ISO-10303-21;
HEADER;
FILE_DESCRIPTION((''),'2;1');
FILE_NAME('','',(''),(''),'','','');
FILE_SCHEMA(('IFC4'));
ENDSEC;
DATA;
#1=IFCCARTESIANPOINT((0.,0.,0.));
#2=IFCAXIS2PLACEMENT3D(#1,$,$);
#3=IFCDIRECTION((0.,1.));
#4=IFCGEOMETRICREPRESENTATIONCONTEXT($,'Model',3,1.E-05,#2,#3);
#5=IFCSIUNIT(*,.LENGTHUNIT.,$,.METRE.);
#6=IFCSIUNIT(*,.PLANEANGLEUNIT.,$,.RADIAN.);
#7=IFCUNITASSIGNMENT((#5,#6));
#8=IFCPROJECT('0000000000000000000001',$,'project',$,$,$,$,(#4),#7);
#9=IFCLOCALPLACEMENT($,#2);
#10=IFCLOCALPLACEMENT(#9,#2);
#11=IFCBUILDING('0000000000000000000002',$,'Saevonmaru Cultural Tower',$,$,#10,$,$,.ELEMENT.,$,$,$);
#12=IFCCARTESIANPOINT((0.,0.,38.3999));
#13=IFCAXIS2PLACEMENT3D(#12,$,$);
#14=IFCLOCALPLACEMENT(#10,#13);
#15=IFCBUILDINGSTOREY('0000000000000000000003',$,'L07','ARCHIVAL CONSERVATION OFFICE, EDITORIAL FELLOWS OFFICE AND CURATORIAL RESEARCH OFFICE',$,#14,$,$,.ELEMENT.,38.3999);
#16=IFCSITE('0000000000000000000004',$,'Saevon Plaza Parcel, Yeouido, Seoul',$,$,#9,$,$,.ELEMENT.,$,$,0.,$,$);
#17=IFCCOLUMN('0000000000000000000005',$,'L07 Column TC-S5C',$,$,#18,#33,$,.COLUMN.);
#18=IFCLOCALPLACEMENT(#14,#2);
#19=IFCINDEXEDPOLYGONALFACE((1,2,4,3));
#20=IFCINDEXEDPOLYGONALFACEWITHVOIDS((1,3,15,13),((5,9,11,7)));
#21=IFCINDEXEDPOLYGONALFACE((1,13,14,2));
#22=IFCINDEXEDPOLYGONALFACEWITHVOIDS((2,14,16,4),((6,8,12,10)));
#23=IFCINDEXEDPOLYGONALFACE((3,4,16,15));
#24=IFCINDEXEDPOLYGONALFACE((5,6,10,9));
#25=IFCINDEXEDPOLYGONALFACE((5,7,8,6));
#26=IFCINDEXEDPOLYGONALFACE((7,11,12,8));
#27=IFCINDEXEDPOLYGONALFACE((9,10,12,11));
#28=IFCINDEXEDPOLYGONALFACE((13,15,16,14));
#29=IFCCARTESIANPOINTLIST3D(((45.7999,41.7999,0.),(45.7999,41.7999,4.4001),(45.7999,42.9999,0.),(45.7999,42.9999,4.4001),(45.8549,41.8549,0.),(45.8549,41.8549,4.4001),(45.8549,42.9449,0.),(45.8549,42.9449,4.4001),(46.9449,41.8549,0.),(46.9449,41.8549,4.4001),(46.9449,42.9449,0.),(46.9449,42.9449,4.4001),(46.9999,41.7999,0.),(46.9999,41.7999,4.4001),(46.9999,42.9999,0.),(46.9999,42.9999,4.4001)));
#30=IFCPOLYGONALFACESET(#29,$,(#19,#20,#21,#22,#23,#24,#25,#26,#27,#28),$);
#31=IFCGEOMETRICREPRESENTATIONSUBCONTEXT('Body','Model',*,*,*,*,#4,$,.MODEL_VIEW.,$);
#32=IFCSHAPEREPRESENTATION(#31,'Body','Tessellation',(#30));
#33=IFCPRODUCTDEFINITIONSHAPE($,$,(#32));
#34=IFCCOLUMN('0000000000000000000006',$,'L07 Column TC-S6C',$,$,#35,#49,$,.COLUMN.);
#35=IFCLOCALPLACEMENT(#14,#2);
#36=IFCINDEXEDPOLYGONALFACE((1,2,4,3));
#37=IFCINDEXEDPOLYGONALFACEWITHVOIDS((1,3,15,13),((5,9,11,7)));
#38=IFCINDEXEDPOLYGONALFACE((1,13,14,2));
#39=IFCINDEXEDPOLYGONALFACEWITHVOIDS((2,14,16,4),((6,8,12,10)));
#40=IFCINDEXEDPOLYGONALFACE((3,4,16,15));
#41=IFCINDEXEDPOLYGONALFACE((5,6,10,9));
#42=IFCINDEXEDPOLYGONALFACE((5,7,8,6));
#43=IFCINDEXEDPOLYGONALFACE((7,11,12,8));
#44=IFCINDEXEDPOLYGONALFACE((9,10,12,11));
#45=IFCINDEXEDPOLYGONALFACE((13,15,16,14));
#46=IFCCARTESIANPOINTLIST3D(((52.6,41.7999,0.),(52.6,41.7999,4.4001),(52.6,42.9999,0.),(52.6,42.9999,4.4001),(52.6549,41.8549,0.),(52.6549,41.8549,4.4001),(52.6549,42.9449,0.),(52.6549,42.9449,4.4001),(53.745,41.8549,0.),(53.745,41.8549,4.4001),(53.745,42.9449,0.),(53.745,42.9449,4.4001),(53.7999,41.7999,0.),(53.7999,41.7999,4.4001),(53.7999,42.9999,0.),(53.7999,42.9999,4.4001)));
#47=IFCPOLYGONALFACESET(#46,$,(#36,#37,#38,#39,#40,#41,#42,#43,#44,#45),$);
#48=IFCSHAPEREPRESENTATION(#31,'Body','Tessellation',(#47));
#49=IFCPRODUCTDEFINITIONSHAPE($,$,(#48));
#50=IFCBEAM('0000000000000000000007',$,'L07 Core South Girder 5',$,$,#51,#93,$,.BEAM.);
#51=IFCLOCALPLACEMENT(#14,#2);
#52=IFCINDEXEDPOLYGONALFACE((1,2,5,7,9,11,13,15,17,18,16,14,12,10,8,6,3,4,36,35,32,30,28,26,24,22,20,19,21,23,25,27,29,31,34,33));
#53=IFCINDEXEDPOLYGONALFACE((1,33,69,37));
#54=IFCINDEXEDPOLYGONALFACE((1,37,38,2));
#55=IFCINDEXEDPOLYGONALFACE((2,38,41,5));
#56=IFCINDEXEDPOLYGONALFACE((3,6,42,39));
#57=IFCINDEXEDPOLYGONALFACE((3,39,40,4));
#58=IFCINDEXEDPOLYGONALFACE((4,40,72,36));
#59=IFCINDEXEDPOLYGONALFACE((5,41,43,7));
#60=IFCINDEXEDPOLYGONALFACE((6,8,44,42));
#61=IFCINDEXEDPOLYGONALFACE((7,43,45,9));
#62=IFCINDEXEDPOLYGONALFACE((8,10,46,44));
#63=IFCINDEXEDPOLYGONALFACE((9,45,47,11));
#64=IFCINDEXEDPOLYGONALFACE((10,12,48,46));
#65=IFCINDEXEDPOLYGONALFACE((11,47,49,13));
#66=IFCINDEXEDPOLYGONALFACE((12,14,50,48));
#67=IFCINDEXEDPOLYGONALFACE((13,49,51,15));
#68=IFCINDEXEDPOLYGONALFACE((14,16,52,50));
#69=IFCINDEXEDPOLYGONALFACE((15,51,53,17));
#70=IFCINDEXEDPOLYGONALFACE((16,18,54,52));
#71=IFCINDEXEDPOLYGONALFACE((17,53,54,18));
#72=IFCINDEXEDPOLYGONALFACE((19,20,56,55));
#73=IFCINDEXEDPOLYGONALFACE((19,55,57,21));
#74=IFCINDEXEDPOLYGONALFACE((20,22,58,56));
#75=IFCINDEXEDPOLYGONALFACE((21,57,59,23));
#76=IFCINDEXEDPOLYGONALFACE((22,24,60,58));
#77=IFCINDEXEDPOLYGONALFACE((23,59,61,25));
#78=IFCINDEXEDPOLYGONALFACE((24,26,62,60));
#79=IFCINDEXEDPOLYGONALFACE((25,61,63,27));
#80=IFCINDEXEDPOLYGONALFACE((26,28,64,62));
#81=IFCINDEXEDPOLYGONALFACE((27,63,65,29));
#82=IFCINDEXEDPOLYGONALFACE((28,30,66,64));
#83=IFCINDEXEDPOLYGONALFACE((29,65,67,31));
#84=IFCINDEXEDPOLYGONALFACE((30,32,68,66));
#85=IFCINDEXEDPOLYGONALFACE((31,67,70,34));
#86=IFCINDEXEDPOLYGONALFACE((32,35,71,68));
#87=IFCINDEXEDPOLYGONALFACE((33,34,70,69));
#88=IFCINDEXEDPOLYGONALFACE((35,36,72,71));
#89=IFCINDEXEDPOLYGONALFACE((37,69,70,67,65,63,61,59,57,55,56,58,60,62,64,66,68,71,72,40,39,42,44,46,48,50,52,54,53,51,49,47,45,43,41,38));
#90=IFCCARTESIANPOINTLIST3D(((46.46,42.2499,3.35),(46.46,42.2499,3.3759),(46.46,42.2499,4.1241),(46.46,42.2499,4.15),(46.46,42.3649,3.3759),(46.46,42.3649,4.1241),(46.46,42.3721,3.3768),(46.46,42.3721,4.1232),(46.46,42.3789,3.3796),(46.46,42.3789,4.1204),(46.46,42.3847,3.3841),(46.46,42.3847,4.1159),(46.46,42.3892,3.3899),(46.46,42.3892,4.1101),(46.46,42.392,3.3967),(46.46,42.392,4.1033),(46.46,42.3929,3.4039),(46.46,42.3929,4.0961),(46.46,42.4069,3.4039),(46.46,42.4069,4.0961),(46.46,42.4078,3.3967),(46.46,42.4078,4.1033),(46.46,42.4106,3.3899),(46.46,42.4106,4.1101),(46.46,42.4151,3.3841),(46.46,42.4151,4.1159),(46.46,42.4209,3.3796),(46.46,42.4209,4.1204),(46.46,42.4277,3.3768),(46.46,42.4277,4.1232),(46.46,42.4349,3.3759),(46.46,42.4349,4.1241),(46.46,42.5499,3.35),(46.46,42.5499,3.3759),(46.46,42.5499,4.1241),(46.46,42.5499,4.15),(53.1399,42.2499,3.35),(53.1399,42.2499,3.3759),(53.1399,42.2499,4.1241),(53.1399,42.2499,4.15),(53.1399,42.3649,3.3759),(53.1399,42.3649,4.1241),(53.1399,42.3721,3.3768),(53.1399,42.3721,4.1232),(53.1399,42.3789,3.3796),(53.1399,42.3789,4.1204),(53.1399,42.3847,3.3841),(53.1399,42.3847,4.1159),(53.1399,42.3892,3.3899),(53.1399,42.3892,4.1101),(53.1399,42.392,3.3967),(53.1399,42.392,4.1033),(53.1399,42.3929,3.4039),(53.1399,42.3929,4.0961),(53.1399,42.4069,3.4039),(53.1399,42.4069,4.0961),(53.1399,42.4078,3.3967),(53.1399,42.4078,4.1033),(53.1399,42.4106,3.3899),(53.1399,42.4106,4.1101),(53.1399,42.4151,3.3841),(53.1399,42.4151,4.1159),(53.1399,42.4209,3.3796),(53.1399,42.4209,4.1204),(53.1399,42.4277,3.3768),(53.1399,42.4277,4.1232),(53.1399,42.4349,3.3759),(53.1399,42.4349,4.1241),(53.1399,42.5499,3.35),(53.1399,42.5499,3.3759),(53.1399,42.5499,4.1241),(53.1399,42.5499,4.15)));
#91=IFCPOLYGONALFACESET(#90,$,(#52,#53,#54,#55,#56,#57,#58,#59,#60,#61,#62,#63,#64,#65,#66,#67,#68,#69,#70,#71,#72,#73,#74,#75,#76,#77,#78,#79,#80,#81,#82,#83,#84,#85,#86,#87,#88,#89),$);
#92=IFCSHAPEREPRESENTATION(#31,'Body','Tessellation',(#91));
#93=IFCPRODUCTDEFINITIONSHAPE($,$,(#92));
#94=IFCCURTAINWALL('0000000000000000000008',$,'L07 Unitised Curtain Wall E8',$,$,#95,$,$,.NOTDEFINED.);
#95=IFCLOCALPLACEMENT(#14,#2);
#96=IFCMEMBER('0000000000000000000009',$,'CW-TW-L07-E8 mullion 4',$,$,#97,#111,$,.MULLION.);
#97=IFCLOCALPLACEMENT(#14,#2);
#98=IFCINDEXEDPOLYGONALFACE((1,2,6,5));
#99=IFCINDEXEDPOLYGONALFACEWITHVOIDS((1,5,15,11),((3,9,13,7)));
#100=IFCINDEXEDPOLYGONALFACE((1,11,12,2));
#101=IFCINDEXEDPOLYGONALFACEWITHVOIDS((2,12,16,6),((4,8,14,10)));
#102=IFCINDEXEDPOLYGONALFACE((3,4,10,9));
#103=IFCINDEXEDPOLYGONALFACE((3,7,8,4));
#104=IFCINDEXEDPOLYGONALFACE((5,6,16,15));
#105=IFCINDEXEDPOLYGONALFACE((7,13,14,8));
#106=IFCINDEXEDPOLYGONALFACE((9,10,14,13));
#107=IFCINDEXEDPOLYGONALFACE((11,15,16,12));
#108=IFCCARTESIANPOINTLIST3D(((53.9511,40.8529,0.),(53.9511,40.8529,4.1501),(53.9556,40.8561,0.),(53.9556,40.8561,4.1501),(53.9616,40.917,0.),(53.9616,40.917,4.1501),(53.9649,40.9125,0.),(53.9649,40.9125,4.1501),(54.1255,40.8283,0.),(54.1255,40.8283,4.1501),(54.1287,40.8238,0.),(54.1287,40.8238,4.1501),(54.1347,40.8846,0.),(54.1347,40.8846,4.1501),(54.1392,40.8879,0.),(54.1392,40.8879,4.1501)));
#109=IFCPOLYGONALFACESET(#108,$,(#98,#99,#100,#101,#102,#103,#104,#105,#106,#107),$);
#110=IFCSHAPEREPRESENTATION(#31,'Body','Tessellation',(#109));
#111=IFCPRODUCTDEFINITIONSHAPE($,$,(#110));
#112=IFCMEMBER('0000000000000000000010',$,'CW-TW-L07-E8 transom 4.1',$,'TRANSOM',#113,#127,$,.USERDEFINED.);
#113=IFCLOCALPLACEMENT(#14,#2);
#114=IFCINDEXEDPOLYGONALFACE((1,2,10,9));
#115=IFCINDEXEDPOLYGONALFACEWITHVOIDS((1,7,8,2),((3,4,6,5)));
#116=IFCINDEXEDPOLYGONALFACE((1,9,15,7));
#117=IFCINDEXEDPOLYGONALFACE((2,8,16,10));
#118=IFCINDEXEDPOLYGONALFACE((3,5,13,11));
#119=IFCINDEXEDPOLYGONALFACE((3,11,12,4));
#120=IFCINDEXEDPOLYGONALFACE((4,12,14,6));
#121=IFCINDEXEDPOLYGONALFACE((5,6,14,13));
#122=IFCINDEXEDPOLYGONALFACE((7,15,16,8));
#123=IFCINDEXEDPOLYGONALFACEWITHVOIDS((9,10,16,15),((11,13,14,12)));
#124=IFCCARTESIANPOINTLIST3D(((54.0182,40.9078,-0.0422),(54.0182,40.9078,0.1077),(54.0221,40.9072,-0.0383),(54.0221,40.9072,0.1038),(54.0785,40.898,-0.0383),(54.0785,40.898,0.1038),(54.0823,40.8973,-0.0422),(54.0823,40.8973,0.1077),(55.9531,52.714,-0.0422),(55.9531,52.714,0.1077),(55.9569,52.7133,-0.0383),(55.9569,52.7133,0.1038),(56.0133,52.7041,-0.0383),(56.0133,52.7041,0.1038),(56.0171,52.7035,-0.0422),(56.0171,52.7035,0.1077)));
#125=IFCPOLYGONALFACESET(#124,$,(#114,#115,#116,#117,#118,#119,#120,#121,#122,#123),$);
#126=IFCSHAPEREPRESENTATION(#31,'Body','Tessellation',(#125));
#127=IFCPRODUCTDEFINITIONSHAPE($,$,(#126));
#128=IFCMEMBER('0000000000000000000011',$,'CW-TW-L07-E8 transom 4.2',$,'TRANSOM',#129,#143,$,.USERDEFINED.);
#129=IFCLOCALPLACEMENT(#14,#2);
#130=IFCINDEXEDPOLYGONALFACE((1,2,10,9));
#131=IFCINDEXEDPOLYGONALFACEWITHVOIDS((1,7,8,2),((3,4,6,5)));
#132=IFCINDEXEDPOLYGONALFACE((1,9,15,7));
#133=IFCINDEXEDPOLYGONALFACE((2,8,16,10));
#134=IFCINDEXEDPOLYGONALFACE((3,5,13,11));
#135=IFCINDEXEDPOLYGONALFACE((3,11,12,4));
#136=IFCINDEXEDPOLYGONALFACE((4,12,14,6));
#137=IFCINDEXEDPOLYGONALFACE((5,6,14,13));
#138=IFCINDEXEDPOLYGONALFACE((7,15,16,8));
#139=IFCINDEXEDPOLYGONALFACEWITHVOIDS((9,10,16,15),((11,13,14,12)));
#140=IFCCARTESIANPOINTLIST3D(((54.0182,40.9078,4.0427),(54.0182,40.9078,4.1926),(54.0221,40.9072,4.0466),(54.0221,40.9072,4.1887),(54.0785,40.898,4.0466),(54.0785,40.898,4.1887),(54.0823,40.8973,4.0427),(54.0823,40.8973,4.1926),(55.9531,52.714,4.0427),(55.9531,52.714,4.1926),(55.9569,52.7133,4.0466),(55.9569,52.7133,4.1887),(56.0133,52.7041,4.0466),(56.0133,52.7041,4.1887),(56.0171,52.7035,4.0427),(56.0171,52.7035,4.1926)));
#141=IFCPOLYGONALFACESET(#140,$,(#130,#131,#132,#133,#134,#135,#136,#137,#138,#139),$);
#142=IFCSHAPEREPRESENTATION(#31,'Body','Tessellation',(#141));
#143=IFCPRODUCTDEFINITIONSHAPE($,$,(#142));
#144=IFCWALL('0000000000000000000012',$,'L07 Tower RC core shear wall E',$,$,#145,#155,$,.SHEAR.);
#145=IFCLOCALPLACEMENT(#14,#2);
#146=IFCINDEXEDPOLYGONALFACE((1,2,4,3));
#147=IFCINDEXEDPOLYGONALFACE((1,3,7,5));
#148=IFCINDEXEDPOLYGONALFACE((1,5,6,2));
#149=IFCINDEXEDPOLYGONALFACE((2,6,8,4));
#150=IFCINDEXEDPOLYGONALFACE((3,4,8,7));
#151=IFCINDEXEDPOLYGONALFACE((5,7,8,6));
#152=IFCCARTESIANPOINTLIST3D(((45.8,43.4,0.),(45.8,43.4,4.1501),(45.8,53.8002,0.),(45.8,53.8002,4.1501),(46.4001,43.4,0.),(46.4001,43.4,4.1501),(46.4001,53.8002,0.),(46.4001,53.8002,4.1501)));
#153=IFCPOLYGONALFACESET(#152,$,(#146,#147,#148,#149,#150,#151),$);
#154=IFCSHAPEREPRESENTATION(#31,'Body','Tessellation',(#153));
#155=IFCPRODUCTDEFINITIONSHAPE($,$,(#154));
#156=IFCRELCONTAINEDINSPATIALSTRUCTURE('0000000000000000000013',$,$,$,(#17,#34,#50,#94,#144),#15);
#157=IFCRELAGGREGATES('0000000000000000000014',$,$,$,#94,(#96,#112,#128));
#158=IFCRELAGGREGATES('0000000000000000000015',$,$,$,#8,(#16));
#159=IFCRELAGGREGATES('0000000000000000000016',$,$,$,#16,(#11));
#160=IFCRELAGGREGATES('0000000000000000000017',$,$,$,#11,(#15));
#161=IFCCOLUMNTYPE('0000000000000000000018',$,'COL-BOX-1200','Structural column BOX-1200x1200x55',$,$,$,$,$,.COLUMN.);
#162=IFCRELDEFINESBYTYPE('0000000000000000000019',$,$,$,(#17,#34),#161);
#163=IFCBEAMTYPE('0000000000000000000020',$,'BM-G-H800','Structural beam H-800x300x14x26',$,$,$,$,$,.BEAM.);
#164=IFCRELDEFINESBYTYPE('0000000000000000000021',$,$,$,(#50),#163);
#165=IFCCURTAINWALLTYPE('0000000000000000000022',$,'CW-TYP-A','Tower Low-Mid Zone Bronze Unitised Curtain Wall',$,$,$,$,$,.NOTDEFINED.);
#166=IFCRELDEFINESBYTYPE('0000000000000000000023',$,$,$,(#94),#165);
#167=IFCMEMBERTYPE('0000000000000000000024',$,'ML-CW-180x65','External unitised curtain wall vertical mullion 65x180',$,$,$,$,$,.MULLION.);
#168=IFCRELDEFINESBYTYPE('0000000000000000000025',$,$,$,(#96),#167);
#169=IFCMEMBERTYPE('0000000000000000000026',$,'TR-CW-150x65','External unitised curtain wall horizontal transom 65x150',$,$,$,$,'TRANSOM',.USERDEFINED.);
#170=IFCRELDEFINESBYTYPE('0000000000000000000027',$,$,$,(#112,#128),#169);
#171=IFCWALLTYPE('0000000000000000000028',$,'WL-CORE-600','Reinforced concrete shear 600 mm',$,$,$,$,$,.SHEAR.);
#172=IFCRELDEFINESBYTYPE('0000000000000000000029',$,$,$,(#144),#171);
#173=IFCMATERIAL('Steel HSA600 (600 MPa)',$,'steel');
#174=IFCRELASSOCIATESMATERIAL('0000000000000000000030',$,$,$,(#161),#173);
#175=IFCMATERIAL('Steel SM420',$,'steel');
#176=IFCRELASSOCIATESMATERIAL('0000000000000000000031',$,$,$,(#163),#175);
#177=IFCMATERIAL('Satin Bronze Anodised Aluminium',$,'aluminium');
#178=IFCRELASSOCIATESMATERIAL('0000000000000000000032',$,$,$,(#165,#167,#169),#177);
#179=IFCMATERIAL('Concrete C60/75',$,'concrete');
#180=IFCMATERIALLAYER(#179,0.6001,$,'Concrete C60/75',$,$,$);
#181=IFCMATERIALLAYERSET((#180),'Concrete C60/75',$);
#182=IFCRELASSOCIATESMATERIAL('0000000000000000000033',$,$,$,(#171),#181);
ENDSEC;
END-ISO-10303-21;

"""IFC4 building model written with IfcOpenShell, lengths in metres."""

from ifc_helpers import new_model, si_unit, direction, frame, frame_2d, origin, origin_2d, place, context, subcontext, project, spatial, rectangle, hollow_rectangle, i_section, extrude, material, layer, layer_set, material_profile, profile_set, type_object, element, aggregate, save


model = new_model("IFC4")

# Units and contexts
model_context = context("Model", 3, precision=1e-05, world=origin(), true_north=direction((0.0, 1.0)))
body_context = subcontext(model_context, "Body", "Model", "MODEL_VIEW")
ifc_project = project(units=[si_unit("LENGTHUNIT", "METRE"), si_unit("PLANEANGLEUNIT", "RADIAN")], contexts=[model_context])

# Site, building, storey
site_placement = place(None, origin())
site = spatial("IfcSite", under=ifc_project, at=site_placement, Name="Saevon Plaza Parcel, Yeouido, Seoul", CompositionType="ELEMENT", RefElevation=0.0)
building_placement = place(site_placement, origin())
building = spatial("IfcBuilding", under=site, at=building_placement, Name="Saevonmaru Cultural Tower", CompositionType="ELEMENT")
storey_placement = place(building_placement, frame((0.0, 0.0, 38.3999)))
storey = spatial("IfcBuildingStorey", under=building, at=storey_placement, Name="L07", Description="ARCHIVAL CONSERVATION OFFICE, EDITORIAL FELLOWS OFFICE AND CURATORIAL RESEARCH OFFICE", CompositionType="ELEMENT", Elevation=38.3999)

# Columns
ifc_material_1 = material(Name="Steel HSA600 (600 MPa)", Category="steel")
ifc_material_profile_1 = material_profile(ifc_material_1, hollow_rectangle(XDim=1.2, YDim=1.2, WallThickness=0.0549, at=origin_2d()), Name="BOX-1200x1200x55")
ifc_profile_set_1 = profile_set([ifc_material_profile_1], Name="Steel HSA600 (600 MPa)")
column_type = type_object("IfcColumnType", Name="COL-BOX-1200", Description="Structural column BOX-1200x1200x55", PredefinedType="COLUMN", material=ifc_profile_set_1)
for number, where, z_axis, x_axis, name in (
    (1, (46.3999, 42.3999, 0.0), (0.0, 0.0, 1.0), (1.0, 0.0, 0.0), "L07 Column TC-S5C"),
    (2, (53.2, 42.3999, 0.0), (0.0, 0.0, 1.0), (1.0, 0.0, 0.0), "L07 Column TC-S6C"),
):
    element("IfcColumn", number, at=place(storey_placement, frame(where, z_axis=z_axis, x_axis=x_axis)), inside=storey, type_object=column_type, Name=name, PredefinedType="COLUMN", context=body_context, shape_type="SweptSolid", body=[
        extrude(hollow_rectangle(XDim=1.2, YDim=1.2, WallThickness=0.0549, at=origin_2d()), origin(), (0.0, 0.0, 1.0), 4.4001),
    ])

# Beam
ifc_material_2 = material(Name="Steel SM420", Category="steel")
ifc_material_profile_2 = material_profile(ifc_material_2, i_section(OverallWidth=0.3, OverallDepth=0.8, WebThickness=0.0139, FlangeThickness=0.0259, FilletRadius=0.0281, at=origin_2d()), Name="H-800x300x14x26")
ifc_profile_set_2 = profile_set([ifc_material_profile_2], Name="Steel SM420")
beam_type = type_object("IfcBeamType", Name="BM-G-H800", Description="Structural beam H-800x300x14x26", PredefinedType="BEAM", material=ifc_profile_set_2)
beam_placement = place(storey_placement, frame((46.46, 42.3999, 3.75), z_axis=(1.0, 0.0, 0.0), x_axis=(0.0, 1.0, 0.0)))
element("IfcBeam", 3, at=beam_placement, inside=storey, type_object=beam_type, Name="L07 Core South Girder 5", PredefinedType="BEAM", context=body_context, shape_type="SweptSolid", body=[
    extrude(i_section(OverallWidth=0.3, OverallDepth=0.8, WebThickness=0.0139, FlangeThickness=0.0259, FilletRadius=0.0281, at=origin_2d()), origin(), (0.0, 0.0, 1.0), 6.6799),
])

# Curtain wall, members
ifc_material_3 = material(Name="Satin Bronze Anodised Aluminium", Category="aluminium")
curtain_wall_type = type_object("IfcCurtainWallType", Name="CW-TYP-A", Description="Tower Low-Mid Zone Bronze Unitised Curtain Wall", PredefinedType="NOTDEFINED", material=ifc_material_3)
curtain_wall_placement = place(storey_placement, origin())
curtain_wall = element("IfcCurtainWall", 4, at=curtain_wall_placement, inside=storey, type_object=curtain_wall_type, Name="L07 Unitised Curtain Wall E8", PredefinedType="NOTDEFINED")
ifc_material_profile_3 = material_profile(ifc_material_3, hollow_rectangle(XDim=0.0649, YDim=0.1799, WallThickness=0.0039, at=origin_2d()), Name="ALU-MULL-180x65x4")
ifc_profile_set_3 = profile_set([ifc_material_profile_3], Name="Satin Bronze Anodised Aluminium")
member_type_1 = type_object("IfcMemberType", Name="ML-CW-180x65", Description="External unitised curtain wall vertical mullion 65x180", PredefinedType="MULLION", material=ifc_profile_set_3)
member_1_placement = place(storey_placement, frame((54.0452, 40.8704, 0.0), z_axis=(0.0, 0.0, 1.0), x_axis=(0.161709, 0.986839, 0.0)))
member_1 = element("IfcMember", 5, at=member_1_placement, type_object=member_type_1, Name="CW-TW-L07-E8 mullion 4", PredefinedType="MULLION", context=body_context, shape_type="SweptSolid", body=[
    extrude(hollow_rectangle(XDim=0.0649, YDim=0.1799, WallThickness=0.0039, at=origin_2d()), origin(), (0.0, 0.0, 1.0), 4.1501),
])
ifc_material_profile_4 = material_profile(ifc_material_3, hollow_rectangle(XDim=0.0649, YDim=0.1499, WallThickness=0.0039, at=origin_2d()), Name="ALU-TRAN-150x65x4")
ifc_profile_set_4 = profile_set([ifc_material_profile_4], Name="Satin Bronze Anodised Aluminium")
member_type_2 = type_object("IfcMemberType", Name="TR-CW-150x65", Description="External unitised curtain wall horizontal transom 65x150", ElementType="TRANSOM", PredefinedType="USERDEFINED", material=ifc_profile_set_4)
member_2_placement = place(storey_placement, frame((54.0503, 40.9026, 0.0327), z_axis=(0.161725, 0.986836, 0.0), x_axis=(-0.986836, 0.161725, 0.0)))
member_2 = element("IfcMember", 6, at=member_2_placement, type_object=member_type_2, Name="CW-TW-L07-E8 transom 4.1", ObjectType="TRANSOM", PredefinedType="USERDEFINED", context=body_context, shape_type="SweptSolid", body=[
    extrude(hollow_rectangle(XDim=0.0649, YDim=0.1499, WallThickness=0.0039, at=origin_2d()), origin(), (0.0, 0.0, 1.0), 11.9636),
])
member_3_placement = place(storey_placement, frame((54.0503, 40.9026, 4.1177), z_axis=(0.161725, 0.986836, 0.0), x_axis=(-0.986836, 0.161725, 0.0)))
member_3 = element("IfcMember", 7, at=member_3_placement, type_object=member_type_2, Name="CW-TW-L07-E8 transom 4.2", ObjectType="TRANSOM", PredefinedType="USERDEFINED", context=body_context, shape_type="SweptSolid", body=[
    extrude(hollow_rectangle(XDim=0.0649, YDim=0.1499, WallThickness=0.0039, at=origin_2d()), origin(), (0.0, 0.0, 1.0), 11.9636),
])
aggregate(curtain_wall, [member_1, member_2, member_3])

# Wall
ifc_material_4 = material(Name="Concrete C60/75", Category="concrete")
ifc_layer_1 = layer(ifc_material_4, 0.6001, Name="Concrete C60/75")
ifc_layer_set_1 = layer_set([ifc_layer_1], Name="Concrete C60/75")
wall_type_1 = type_object("IfcWallType", Name="WL-CORE-600", Description="Reinforced concrete shear 600 mm", PredefinedType="SHEAR", material=ifc_layer_set_1)
wall_1_placement = place(storey_placement, frame((46.1001, 43.3999, 0.0), z_axis=(0.0, 0.0, 1.0), x_axis=(0.0, 1.0, 0.0)))
element("IfcWall", 8, at=wall_1_placement, inside=storey, type_object=wall_type_1, Name="L07 Tower RC core shear wall E", PredefinedType="SHEAR", context=body_context, shape_type="SweptSolid", body=[
    extrude(rectangle(XDim=10.4001, YDim=0.6001, at=frame_2d((5.2002, 0.0))), origin(), (0.0, 0.0, 1.0), 4.1501),
])

save(model, "model.ifc")
